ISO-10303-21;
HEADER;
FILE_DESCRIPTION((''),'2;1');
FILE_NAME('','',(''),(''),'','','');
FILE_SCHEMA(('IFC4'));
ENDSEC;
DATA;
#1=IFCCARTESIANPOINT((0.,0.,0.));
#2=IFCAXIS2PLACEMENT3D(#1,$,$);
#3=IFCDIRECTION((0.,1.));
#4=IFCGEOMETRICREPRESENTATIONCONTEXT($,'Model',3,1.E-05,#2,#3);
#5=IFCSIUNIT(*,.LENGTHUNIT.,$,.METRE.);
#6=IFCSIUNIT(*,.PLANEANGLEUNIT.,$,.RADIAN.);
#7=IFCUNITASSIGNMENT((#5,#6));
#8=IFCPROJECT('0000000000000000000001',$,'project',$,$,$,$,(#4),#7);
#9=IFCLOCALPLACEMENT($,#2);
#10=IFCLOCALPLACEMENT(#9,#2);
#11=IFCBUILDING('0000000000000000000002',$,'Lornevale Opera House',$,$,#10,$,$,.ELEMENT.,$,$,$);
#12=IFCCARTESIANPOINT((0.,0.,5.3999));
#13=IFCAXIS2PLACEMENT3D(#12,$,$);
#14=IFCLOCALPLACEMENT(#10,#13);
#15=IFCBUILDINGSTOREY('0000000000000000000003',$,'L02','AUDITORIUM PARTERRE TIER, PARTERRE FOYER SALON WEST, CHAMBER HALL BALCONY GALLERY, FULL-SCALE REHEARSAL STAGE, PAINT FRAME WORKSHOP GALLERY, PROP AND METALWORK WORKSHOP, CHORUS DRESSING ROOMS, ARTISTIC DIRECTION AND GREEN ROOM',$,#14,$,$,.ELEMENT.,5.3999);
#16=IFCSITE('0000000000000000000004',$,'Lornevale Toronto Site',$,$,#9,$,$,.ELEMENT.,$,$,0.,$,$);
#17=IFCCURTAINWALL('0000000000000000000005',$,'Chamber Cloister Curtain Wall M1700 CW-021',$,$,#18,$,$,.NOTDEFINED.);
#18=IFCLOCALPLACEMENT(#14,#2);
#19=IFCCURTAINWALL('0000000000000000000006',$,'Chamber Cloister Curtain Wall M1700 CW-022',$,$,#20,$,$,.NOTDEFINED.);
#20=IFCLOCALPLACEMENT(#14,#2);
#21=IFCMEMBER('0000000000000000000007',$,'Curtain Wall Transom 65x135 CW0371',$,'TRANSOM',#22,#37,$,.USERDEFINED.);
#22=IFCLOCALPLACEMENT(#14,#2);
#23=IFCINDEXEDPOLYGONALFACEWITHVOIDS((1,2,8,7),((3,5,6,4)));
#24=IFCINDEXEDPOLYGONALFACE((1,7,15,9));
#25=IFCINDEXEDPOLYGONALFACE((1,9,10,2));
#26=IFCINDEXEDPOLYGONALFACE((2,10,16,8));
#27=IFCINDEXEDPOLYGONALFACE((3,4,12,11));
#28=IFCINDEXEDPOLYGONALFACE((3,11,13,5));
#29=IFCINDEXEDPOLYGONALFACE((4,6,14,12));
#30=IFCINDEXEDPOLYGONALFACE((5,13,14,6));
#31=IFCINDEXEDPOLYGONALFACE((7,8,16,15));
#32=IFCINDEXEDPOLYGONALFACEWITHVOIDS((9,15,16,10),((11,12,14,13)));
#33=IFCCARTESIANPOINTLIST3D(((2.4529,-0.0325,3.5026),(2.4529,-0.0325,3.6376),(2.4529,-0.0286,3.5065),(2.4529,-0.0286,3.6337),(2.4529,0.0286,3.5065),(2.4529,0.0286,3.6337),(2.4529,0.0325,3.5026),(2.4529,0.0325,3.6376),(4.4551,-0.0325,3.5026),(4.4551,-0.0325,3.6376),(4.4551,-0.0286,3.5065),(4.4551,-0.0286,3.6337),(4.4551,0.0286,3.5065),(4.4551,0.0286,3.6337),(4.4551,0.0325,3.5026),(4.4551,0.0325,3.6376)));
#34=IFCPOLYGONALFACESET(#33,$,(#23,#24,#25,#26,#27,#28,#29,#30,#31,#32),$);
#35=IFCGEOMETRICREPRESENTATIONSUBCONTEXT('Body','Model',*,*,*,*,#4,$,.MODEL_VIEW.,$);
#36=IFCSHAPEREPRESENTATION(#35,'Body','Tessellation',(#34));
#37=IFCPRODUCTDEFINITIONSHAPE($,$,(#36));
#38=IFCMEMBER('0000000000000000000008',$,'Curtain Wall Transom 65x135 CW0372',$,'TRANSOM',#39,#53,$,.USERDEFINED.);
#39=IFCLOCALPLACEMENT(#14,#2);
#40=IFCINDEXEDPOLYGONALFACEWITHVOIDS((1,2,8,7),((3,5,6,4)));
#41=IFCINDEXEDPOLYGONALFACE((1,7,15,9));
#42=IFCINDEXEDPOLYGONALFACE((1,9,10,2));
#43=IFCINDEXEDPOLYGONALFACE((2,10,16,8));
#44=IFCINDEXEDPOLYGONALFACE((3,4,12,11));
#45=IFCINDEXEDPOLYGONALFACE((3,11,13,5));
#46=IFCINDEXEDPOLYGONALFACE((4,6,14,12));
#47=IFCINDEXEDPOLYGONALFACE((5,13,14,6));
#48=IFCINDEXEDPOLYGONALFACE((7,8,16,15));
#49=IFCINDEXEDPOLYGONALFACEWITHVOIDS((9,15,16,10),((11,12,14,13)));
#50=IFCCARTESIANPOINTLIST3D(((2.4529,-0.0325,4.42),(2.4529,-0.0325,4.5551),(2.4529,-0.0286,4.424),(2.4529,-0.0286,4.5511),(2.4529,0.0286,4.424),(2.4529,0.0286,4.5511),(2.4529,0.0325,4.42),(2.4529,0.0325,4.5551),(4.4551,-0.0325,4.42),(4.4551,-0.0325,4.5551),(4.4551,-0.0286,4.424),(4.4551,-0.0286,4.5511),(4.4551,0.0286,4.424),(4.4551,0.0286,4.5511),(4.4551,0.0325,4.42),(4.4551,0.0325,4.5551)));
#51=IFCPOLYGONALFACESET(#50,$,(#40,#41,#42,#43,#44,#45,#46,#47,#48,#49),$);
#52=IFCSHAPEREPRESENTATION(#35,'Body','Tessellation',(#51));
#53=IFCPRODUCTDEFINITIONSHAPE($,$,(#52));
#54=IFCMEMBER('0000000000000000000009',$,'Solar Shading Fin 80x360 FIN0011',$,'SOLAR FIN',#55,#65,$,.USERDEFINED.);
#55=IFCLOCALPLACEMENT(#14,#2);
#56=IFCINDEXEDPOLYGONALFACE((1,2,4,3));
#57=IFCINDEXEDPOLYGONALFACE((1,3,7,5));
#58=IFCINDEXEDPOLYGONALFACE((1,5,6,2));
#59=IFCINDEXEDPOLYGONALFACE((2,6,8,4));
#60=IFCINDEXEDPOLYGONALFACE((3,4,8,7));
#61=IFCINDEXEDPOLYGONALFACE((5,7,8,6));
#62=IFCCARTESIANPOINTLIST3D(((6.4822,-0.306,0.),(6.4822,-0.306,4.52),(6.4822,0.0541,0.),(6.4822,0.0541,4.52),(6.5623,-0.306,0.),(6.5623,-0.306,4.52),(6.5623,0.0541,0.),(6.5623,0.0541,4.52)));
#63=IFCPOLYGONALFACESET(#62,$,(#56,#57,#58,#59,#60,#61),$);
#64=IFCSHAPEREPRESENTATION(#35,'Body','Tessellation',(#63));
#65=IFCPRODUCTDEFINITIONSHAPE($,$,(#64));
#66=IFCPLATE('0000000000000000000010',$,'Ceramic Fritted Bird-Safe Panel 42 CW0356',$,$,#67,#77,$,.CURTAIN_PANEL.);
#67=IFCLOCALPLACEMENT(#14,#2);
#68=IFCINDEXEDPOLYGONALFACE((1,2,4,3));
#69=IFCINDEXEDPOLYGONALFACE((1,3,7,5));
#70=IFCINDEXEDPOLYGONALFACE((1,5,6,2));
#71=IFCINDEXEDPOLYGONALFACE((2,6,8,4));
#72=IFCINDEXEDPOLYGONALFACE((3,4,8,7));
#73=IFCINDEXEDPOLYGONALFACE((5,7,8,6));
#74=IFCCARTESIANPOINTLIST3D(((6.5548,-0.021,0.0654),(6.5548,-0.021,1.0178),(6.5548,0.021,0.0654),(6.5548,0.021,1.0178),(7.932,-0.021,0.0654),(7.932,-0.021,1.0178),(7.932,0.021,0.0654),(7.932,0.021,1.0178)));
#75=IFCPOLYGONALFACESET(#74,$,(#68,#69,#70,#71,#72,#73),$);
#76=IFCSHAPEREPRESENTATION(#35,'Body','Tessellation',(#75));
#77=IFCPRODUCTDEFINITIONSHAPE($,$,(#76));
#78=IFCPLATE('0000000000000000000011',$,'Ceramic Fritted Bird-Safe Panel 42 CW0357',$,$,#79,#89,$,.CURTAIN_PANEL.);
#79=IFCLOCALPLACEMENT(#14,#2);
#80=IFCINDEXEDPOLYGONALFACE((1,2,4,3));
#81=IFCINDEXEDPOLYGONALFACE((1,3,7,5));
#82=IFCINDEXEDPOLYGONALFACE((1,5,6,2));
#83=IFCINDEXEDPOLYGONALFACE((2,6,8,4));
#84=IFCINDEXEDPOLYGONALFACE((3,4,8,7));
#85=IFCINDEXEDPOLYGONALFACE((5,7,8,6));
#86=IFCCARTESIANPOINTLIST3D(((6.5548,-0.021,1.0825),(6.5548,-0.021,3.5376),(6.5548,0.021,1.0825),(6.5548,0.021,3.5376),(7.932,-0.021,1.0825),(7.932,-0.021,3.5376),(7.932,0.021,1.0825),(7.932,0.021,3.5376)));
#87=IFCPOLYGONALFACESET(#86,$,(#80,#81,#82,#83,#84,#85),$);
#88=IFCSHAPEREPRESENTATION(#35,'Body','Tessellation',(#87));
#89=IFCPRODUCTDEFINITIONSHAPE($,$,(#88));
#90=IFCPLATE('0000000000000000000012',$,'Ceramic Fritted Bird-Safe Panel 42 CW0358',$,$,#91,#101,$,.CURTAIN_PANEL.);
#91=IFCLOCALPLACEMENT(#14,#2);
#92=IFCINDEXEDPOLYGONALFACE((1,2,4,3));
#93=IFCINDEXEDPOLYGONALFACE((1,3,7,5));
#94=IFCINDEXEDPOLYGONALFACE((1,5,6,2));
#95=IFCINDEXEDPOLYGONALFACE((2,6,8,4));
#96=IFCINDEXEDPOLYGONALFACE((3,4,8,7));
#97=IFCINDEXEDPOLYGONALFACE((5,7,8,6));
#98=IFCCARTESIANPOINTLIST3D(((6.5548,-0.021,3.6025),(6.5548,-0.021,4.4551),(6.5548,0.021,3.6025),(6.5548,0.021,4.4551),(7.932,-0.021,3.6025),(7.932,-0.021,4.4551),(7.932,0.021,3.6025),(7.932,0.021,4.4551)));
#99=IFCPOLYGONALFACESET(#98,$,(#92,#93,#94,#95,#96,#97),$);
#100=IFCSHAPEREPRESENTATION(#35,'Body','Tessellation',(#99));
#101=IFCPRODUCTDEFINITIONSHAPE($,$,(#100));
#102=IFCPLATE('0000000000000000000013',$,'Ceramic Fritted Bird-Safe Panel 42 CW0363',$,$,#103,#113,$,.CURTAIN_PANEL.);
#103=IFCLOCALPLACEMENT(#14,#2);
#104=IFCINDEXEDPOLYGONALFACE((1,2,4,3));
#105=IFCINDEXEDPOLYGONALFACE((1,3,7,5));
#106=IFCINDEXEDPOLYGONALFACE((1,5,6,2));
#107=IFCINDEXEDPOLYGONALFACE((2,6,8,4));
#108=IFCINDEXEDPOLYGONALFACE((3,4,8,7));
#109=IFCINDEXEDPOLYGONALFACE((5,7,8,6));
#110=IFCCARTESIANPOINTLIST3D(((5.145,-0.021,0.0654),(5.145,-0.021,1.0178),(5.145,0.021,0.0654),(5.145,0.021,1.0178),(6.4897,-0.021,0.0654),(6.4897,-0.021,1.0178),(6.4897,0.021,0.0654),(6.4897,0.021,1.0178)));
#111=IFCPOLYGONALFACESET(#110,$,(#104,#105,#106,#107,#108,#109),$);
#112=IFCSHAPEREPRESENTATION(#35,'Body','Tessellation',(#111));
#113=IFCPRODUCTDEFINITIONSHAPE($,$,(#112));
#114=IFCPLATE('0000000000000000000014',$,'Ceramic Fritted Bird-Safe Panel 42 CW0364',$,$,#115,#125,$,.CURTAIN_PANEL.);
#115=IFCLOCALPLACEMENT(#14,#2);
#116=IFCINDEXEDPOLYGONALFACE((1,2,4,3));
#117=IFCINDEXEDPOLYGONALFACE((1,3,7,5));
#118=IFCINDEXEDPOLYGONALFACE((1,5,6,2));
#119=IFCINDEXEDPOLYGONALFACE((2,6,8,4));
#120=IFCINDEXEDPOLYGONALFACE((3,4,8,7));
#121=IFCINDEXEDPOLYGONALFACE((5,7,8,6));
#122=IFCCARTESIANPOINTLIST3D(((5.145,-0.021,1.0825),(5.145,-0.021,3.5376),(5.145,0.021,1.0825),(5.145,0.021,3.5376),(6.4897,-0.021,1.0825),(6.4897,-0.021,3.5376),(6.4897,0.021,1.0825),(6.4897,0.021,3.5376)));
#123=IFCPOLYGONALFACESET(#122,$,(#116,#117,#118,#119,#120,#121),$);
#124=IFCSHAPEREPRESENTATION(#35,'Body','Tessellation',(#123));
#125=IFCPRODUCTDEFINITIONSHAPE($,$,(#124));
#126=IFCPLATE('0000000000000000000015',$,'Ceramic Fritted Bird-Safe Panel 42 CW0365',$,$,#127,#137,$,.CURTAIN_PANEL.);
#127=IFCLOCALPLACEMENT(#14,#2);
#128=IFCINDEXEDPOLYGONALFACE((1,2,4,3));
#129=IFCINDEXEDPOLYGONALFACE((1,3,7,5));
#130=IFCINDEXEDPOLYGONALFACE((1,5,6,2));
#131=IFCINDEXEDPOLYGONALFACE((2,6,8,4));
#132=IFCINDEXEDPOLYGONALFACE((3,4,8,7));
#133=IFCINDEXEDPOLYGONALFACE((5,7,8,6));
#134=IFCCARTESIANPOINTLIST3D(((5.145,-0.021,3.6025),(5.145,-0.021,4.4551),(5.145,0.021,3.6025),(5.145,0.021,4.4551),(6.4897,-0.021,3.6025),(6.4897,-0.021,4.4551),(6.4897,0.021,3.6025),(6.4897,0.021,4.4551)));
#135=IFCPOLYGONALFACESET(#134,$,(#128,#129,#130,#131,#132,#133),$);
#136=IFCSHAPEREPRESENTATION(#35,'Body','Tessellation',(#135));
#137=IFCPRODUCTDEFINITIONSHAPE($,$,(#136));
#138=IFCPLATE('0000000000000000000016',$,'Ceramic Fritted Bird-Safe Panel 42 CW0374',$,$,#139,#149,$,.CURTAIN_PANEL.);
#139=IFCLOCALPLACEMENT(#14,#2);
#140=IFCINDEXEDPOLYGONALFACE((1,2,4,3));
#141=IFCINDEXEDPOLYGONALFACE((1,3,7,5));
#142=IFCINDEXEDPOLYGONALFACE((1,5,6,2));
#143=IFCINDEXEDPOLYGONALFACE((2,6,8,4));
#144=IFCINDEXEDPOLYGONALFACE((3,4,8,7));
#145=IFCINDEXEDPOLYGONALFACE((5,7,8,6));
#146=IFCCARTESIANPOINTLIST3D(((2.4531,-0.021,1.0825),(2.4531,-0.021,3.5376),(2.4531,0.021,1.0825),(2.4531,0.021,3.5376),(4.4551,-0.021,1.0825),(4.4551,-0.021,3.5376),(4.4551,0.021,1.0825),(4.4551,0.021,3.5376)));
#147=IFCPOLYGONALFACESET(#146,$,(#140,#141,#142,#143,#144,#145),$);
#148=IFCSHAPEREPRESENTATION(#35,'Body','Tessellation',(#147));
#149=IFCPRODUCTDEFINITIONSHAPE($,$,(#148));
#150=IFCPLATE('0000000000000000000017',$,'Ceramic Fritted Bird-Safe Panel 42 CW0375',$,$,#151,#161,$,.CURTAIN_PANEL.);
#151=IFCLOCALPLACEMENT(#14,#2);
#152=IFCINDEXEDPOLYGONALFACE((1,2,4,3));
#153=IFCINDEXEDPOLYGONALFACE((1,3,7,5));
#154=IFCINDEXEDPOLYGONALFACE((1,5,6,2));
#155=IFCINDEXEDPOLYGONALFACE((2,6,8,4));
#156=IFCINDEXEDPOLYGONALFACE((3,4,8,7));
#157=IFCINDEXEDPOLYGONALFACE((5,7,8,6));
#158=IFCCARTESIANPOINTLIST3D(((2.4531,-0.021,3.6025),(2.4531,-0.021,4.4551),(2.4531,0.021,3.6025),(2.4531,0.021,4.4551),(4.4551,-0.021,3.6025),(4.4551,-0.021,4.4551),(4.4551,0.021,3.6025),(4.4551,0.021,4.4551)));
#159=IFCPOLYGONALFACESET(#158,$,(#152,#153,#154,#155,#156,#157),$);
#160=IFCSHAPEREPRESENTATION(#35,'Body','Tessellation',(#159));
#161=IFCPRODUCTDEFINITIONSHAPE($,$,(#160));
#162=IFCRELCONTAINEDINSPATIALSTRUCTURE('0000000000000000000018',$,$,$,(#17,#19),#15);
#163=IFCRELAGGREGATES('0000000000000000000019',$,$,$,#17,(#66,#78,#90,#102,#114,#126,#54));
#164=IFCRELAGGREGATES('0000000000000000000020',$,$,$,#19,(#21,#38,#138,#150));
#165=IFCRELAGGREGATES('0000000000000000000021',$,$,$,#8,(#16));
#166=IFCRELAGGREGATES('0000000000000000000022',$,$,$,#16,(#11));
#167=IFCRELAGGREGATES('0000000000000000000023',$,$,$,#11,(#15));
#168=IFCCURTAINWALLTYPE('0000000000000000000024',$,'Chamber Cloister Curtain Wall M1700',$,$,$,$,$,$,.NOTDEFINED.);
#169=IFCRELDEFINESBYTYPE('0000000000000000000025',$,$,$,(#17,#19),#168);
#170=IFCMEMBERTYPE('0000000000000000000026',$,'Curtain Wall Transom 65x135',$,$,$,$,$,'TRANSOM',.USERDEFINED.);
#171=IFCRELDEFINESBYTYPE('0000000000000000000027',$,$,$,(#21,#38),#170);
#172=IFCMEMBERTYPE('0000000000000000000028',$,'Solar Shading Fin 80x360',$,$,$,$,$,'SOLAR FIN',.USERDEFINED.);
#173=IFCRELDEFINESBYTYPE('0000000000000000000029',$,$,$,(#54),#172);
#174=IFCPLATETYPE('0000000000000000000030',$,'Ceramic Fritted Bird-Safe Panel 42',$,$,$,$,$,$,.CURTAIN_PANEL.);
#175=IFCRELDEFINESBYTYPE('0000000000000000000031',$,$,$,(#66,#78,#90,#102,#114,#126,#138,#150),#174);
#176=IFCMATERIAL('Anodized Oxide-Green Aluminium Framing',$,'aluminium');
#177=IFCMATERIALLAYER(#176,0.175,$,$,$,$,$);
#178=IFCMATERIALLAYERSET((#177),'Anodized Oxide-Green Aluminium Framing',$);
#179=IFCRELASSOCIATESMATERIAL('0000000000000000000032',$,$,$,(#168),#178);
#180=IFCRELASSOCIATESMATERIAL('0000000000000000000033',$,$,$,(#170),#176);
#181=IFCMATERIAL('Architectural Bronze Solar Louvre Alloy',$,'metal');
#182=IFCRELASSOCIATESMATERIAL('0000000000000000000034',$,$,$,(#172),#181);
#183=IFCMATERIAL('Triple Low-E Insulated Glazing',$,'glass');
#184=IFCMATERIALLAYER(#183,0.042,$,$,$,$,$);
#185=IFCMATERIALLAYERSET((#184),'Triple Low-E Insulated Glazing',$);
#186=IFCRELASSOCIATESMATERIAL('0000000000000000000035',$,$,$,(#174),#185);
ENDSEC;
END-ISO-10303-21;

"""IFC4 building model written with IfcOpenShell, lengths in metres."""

from ifc_helpers import new_model, si_unit, direction, frame, origin, origin_2d, place, context, subcontext, project, spatial, rectangle, hollow_rectangle, extrude, material, layer, layer_set, material_profile, profile_set, type_object, element, aggregate, save


model = new_model("IFC4")

# Units and contexts
model_context = context("Model", 3, precision=1e-05, world=origin(), true_north=direction((0.0, 1.0)))
body_context = subcontext(model_context, "Body", "Model", "MODEL_VIEW")
ifc_project = project(units=[si_unit("LENGTHUNIT", "METRE"), si_unit("PLANEANGLEUNIT", "RADIAN")], contexts=[model_context])

# Site, building, storey
site_placement = place(None, origin())
site = spatial("IfcSite", under=ifc_project, at=site_placement, Name="Lornevale Toronto Site", CompositionType="ELEMENT", RefElevation=0.0)
building_placement = place(site_placement, origin())
building = spatial("IfcBuilding", under=site, at=building_placement, Name="Lornevale Opera House", CompositionType="ELEMENT")
storey_placement = place(building_placement, frame((0.0, 0.0, 5.3999)))
storey = spatial("IfcBuildingStorey", under=building, at=storey_placement, Name="L02", Description="AUDITORIUM PARTERRE TIER, PARTERRE FOYER SALON WEST, CHAMBER HALL BALCONY GALLERY, FULL-SCALE REHEARSAL STAGE, PAINT FRAME WORKSHOP GALLERY, PROP AND METALWORK WORKSHOP, CHORUS DRESSING ROOMS, ARTISTIC DIRECTION AND GREEN ROOM", CompositionType="ELEMENT", Elevation=5.3999)

# Curtain wall
ifc_material_1 = material(Name="Anodized Oxide-Green Aluminium Framing", Category="aluminium")
ifc_layer_1 = layer(ifc_material_1, 0.175)
ifc_layer_set_1 = layer_set([ifc_layer_1], Name="Anodized Oxide-Green Aluminium Framing")
curtain_wall_type = type_object("IfcCurtainWallType", Name="Chamber Cloister Curtain Wall M1700", PredefinedType="NOTDEFINED", material=ifc_layer_set_1)
curtain_wall_1_placement = place(storey_placement, origin())
curtain_wall_1 = element("IfcCurtainWall", 1, at=curtain_wall_1_placement, inside=storey, type_object=curtain_wall_type, Name="Chamber Cloister Curtain Wall M1700 CW-021", PredefinedType="NOTDEFINED")

# Curtain wall
curtain_wall_2_placement = place(storey_placement, origin())
curtain_wall_2 = element("IfcCurtainWall", 2, at=curtain_wall_2_placement, inside=storey, type_object=curtain_wall_type, Name="Chamber Cloister Curtain Wall M1700 CW-022", PredefinedType="NOTDEFINED")

# Members
ifc_material_profile_1 = material_profile(ifc_material_1, hollow_rectangle(XDim=0.0649, YDim=0.135, WallThickness=0.0039, at=origin_2d()), Name="ALU65x135x4")
ifc_profile_set_1 = profile_set([ifc_material_profile_1], Name="Anodized Oxide-Green Aluminium Framing")
member_type_1 = type_object("IfcMemberType", Name="Curtain Wall Transom 65x135", ElementType="TRANSOM", PredefinedType="USERDEFINED", material=ifc_profile_set_1)
member_1_placement = place(storey_placement, frame((4.4551, 0.0, 3.5701), z_axis=(-1.0, 0.0, 0.0), x_axis=(0.0, -1.0, 0.0)))
member_1 = element("IfcMember", 3, at=member_1_placement, type_object=member_type_1, Name="Curtain Wall Transom 65x135 CW0371", ObjectType="TRANSOM", PredefinedType="USERDEFINED", context=body_context, shape_type="SweptSolid", body=[
    extrude(hollow_rectangle(XDim=0.0649, YDim=0.135, WallThickness=0.0039, at=origin_2d()), origin(), (0.0, 0.0, 1.0), 2.0022),
])
member_2_placement = place(storey_placement, frame((4.4551, 0.0, 4.4875), z_axis=(-1.0, 0.0, 0.0), x_axis=(0.0, -1.0, 0.0)))
member_2 = element("IfcMember", 4, at=member_2_placement, type_object=member_type_1, Name="Curtain Wall Transom 65x135 CW0372", ObjectType="TRANSOM", PredefinedType="USERDEFINED", context=body_context, shape_type="SweptSolid", body=[
    extrude(hollow_rectangle(XDim=0.0649, YDim=0.135, WallThickness=0.0039, at=origin_2d()), origin(), (0.0, 0.0, 1.0), 2.0022),
])
ifc_material_2 = material(Name="Architectural Bronze Solar Louvre Alloy", Category="metal")
ifc_material_profile_2 = material_profile(ifc_material_2, rectangle(XDim=0.0801, YDim=0.3601, at=origin_2d()), Name="FIN80x360")
ifc_profile_set_2 = profile_set([ifc_material_profile_2], Name="Architectural Bronze Solar Louvre Alloy")
member_type_2 = type_object("IfcMemberType", Name="Solar Shading Fin 80x360", ElementType="SOLAR FIN", PredefinedType="USERDEFINED", material=ifc_profile_set_2)
member_3_placement = place(storey_placement, frame((6.5222, -0.126, 0.0), z_axis=(0.0, 0.0, 1.0), x_axis=(-1.0, 0.0, 0.0)))
member_3 = element("IfcMember", 5, at=member_3_placement, type_object=member_type_2, Name="Solar Shading Fin 80x360 FIN0011", ObjectType="SOLAR FIN", PredefinedType="USERDEFINED", context=body_context, shape_type="SweptSolid", body=[
    extrude(rectangle(XDim=0.0801, YDim=0.3601, at=origin_2d()), origin(), (0.0, 0.0, 1.0), 4.52),
])

# Plates
ifc_material_3 = material(Name="Triple Low-E Insulated Glazing", Category="glass")
ifc_layer_2 = layer(ifc_material_3, 0.042)
ifc_layer_set_2 = layer_set([ifc_layer_2], Name="Triple Low-E Insulated Glazing")
plate_type = type_object("IfcPlateType", Name="Ceramic Fritted Bird-Safe Panel 42", PredefinedType="CURTAIN_PANEL", material=ifc_layer_set_2)
plate_1_placement = place(storey_placement, frame((7.2434, 0.0, 0.0654), z_axis=(0.0, 0.0, 1.0), x_axis=(-1.0, 0.0, 0.0)))
plate_1 = element("IfcPlate", 6, at=plate_1_placement, type_object=plate_type, Name="Ceramic Fritted Bird-Safe Panel 42 CW0356", PredefinedType="CURTAIN_PANEL", context=body_context, shape_type="SweptSolid", body=[
    extrude(rectangle(XDim=1.3772, YDim=0.042, at=origin_2d()), origin(), (0.0, 0.0, 1.0), 0.9524),
])
plate_2_placement = place(storey_placement, frame((7.2434, 0.0, 1.0825), z_axis=(0.0, 0.0, 1.0), x_axis=(-1.0, 0.0, 0.0)))
plate_2 = element("IfcPlate", 7, at=plate_2_placement, type_object=plate_type, Name="Ceramic Fritted Bird-Safe Panel 42 CW0357", PredefinedType="CURTAIN_PANEL", context=body_context, shape_type="SweptSolid", body=[
    extrude(rectangle(XDim=1.3772, YDim=0.042, at=origin_2d()), origin(), (0.0, 0.0, 1.0), 2.4551),
])
plate_3_placement = place(storey_placement, frame((7.2434, 0.0, 3.6025), z_axis=(0.0, 0.0, 1.0), x_axis=(-1.0, 0.0, 0.0)))
plate_3 = element("IfcPlate", 8, at=plate_3_placement, type_object=plate_type, Name="Ceramic Fritted Bird-Safe Panel 42 CW0358", PredefinedType="CURTAIN_PANEL", context=body_context, shape_type="SweptSolid", body=[
    extrude(rectangle(XDim=1.3772, YDim=0.042, at=origin_2d()), origin(), (0.0, 0.0, 1.0), 0.8525),
])
plate_4_placement = place(storey_placement, frame((5.8174, 0.0, 0.0654), z_axis=(0.0, 0.0, 1.0), x_axis=(-1.0, 0.0, 0.0)))
plate_4 = element("IfcPlate", 9, at=plate_4_placement, type_object=plate_type, Name="Ceramic Fritted Bird-Safe Panel 42 CW0363", PredefinedType="CURTAIN_PANEL", context=body_context, shape_type="SweptSolid", body=[
    extrude(rectangle(XDim=1.3447, YDim=0.042, at=origin_2d()), origin(), (0.0, 0.0, 1.0), 0.9524),
])
plate_5_placement = place(storey_placement, frame((5.8174, 0.0, 1.0825), z_axis=(0.0, 0.0, 1.0), x_axis=(-1.0, 0.0, 0.0)))
plate_5 = element("IfcPlate", 10, at=plate_5_placement, type_object=plate_type, Name="Ceramic Fritted Bird-Safe Panel 42 CW0364", PredefinedType="CURTAIN_PANEL", context=body_context, shape_type="SweptSolid", body=[
    extrude(rectangle(XDim=1.3447, YDim=0.042, at=origin_2d()), origin(), (0.0, 0.0, 1.0), 2.4551),
])
plate_6_placement = place(storey_placement, frame((5.8174, 0.0, 3.6025), z_axis=(0.0, 0.0, 1.0), x_axis=(-1.0, 0.0, 0.0)))
plate_6 = element("IfcPlate", 11, at=plate_6_placement, type_object=plate_type, Name="Ceramic Fritted Bird-Safe Panel 42 CW0365", PredefinedType="CURTAIN_PANEL", context=body_context, shape_type="SweptSolid", body=[
    extrude(rectangle(XDim=1.3447, YDim=0.042, at=origin_2d()), origin(), (0.0, 0.0, 1.0), 0.8525),
])
aggregate(curtain_wall_1, [plate_1, plate_2, plate_3, plate_4, plate_5, plate_6, member_3])
plate_7_placement = place(storey_placement, frame((3.4541, 0.0, 1.0825), z_axis=(0.0, 0.0, 1.0), x_axis=(-1.0, 0.0, 0.0)))
plate_7 = element("IfcPlate", 12, at=plate_7_placement, type_object=plate_type, Name="Ceramic Fritted Bird-Safe Panel 42 CW0374", PredefinedType="CURTAIN_PANEL", context=body_context, shape_type="SweptSolid", body=[
    extrude(rectangle(XDim=2.002, YDim=0.042, at=origin_2d()), origin(), (0.0, 0.0, 1.0), 2.4551),
])
plate_8_placement = place(storey_placement, frame((3.4541, 0.0, 3.6025), z_axis=(0.0, 0.0, 1.0), x_axis=(-1.0, 0.0, 0.0)))
plate_8 = element("IfcPlate", 13, at=plate_8_placement, type_object=plate_type, Name="Ceramic Fritted Bird-Safe Panel 42 CW0375", PredefinedType="CURTAIN_PANEL", context=body_context, shape_type="SweptSolid", body=[
    extrude(rectangle(XDim=2.002, YDim=0.042, at=origin_2d()), origin(), (0.0, 0.0, 1.0), 0.8525),
])
aggregate(curtain_wall_2, [member_1, member_2, plate_7, plate_8])

save(model, "model.ifc")
